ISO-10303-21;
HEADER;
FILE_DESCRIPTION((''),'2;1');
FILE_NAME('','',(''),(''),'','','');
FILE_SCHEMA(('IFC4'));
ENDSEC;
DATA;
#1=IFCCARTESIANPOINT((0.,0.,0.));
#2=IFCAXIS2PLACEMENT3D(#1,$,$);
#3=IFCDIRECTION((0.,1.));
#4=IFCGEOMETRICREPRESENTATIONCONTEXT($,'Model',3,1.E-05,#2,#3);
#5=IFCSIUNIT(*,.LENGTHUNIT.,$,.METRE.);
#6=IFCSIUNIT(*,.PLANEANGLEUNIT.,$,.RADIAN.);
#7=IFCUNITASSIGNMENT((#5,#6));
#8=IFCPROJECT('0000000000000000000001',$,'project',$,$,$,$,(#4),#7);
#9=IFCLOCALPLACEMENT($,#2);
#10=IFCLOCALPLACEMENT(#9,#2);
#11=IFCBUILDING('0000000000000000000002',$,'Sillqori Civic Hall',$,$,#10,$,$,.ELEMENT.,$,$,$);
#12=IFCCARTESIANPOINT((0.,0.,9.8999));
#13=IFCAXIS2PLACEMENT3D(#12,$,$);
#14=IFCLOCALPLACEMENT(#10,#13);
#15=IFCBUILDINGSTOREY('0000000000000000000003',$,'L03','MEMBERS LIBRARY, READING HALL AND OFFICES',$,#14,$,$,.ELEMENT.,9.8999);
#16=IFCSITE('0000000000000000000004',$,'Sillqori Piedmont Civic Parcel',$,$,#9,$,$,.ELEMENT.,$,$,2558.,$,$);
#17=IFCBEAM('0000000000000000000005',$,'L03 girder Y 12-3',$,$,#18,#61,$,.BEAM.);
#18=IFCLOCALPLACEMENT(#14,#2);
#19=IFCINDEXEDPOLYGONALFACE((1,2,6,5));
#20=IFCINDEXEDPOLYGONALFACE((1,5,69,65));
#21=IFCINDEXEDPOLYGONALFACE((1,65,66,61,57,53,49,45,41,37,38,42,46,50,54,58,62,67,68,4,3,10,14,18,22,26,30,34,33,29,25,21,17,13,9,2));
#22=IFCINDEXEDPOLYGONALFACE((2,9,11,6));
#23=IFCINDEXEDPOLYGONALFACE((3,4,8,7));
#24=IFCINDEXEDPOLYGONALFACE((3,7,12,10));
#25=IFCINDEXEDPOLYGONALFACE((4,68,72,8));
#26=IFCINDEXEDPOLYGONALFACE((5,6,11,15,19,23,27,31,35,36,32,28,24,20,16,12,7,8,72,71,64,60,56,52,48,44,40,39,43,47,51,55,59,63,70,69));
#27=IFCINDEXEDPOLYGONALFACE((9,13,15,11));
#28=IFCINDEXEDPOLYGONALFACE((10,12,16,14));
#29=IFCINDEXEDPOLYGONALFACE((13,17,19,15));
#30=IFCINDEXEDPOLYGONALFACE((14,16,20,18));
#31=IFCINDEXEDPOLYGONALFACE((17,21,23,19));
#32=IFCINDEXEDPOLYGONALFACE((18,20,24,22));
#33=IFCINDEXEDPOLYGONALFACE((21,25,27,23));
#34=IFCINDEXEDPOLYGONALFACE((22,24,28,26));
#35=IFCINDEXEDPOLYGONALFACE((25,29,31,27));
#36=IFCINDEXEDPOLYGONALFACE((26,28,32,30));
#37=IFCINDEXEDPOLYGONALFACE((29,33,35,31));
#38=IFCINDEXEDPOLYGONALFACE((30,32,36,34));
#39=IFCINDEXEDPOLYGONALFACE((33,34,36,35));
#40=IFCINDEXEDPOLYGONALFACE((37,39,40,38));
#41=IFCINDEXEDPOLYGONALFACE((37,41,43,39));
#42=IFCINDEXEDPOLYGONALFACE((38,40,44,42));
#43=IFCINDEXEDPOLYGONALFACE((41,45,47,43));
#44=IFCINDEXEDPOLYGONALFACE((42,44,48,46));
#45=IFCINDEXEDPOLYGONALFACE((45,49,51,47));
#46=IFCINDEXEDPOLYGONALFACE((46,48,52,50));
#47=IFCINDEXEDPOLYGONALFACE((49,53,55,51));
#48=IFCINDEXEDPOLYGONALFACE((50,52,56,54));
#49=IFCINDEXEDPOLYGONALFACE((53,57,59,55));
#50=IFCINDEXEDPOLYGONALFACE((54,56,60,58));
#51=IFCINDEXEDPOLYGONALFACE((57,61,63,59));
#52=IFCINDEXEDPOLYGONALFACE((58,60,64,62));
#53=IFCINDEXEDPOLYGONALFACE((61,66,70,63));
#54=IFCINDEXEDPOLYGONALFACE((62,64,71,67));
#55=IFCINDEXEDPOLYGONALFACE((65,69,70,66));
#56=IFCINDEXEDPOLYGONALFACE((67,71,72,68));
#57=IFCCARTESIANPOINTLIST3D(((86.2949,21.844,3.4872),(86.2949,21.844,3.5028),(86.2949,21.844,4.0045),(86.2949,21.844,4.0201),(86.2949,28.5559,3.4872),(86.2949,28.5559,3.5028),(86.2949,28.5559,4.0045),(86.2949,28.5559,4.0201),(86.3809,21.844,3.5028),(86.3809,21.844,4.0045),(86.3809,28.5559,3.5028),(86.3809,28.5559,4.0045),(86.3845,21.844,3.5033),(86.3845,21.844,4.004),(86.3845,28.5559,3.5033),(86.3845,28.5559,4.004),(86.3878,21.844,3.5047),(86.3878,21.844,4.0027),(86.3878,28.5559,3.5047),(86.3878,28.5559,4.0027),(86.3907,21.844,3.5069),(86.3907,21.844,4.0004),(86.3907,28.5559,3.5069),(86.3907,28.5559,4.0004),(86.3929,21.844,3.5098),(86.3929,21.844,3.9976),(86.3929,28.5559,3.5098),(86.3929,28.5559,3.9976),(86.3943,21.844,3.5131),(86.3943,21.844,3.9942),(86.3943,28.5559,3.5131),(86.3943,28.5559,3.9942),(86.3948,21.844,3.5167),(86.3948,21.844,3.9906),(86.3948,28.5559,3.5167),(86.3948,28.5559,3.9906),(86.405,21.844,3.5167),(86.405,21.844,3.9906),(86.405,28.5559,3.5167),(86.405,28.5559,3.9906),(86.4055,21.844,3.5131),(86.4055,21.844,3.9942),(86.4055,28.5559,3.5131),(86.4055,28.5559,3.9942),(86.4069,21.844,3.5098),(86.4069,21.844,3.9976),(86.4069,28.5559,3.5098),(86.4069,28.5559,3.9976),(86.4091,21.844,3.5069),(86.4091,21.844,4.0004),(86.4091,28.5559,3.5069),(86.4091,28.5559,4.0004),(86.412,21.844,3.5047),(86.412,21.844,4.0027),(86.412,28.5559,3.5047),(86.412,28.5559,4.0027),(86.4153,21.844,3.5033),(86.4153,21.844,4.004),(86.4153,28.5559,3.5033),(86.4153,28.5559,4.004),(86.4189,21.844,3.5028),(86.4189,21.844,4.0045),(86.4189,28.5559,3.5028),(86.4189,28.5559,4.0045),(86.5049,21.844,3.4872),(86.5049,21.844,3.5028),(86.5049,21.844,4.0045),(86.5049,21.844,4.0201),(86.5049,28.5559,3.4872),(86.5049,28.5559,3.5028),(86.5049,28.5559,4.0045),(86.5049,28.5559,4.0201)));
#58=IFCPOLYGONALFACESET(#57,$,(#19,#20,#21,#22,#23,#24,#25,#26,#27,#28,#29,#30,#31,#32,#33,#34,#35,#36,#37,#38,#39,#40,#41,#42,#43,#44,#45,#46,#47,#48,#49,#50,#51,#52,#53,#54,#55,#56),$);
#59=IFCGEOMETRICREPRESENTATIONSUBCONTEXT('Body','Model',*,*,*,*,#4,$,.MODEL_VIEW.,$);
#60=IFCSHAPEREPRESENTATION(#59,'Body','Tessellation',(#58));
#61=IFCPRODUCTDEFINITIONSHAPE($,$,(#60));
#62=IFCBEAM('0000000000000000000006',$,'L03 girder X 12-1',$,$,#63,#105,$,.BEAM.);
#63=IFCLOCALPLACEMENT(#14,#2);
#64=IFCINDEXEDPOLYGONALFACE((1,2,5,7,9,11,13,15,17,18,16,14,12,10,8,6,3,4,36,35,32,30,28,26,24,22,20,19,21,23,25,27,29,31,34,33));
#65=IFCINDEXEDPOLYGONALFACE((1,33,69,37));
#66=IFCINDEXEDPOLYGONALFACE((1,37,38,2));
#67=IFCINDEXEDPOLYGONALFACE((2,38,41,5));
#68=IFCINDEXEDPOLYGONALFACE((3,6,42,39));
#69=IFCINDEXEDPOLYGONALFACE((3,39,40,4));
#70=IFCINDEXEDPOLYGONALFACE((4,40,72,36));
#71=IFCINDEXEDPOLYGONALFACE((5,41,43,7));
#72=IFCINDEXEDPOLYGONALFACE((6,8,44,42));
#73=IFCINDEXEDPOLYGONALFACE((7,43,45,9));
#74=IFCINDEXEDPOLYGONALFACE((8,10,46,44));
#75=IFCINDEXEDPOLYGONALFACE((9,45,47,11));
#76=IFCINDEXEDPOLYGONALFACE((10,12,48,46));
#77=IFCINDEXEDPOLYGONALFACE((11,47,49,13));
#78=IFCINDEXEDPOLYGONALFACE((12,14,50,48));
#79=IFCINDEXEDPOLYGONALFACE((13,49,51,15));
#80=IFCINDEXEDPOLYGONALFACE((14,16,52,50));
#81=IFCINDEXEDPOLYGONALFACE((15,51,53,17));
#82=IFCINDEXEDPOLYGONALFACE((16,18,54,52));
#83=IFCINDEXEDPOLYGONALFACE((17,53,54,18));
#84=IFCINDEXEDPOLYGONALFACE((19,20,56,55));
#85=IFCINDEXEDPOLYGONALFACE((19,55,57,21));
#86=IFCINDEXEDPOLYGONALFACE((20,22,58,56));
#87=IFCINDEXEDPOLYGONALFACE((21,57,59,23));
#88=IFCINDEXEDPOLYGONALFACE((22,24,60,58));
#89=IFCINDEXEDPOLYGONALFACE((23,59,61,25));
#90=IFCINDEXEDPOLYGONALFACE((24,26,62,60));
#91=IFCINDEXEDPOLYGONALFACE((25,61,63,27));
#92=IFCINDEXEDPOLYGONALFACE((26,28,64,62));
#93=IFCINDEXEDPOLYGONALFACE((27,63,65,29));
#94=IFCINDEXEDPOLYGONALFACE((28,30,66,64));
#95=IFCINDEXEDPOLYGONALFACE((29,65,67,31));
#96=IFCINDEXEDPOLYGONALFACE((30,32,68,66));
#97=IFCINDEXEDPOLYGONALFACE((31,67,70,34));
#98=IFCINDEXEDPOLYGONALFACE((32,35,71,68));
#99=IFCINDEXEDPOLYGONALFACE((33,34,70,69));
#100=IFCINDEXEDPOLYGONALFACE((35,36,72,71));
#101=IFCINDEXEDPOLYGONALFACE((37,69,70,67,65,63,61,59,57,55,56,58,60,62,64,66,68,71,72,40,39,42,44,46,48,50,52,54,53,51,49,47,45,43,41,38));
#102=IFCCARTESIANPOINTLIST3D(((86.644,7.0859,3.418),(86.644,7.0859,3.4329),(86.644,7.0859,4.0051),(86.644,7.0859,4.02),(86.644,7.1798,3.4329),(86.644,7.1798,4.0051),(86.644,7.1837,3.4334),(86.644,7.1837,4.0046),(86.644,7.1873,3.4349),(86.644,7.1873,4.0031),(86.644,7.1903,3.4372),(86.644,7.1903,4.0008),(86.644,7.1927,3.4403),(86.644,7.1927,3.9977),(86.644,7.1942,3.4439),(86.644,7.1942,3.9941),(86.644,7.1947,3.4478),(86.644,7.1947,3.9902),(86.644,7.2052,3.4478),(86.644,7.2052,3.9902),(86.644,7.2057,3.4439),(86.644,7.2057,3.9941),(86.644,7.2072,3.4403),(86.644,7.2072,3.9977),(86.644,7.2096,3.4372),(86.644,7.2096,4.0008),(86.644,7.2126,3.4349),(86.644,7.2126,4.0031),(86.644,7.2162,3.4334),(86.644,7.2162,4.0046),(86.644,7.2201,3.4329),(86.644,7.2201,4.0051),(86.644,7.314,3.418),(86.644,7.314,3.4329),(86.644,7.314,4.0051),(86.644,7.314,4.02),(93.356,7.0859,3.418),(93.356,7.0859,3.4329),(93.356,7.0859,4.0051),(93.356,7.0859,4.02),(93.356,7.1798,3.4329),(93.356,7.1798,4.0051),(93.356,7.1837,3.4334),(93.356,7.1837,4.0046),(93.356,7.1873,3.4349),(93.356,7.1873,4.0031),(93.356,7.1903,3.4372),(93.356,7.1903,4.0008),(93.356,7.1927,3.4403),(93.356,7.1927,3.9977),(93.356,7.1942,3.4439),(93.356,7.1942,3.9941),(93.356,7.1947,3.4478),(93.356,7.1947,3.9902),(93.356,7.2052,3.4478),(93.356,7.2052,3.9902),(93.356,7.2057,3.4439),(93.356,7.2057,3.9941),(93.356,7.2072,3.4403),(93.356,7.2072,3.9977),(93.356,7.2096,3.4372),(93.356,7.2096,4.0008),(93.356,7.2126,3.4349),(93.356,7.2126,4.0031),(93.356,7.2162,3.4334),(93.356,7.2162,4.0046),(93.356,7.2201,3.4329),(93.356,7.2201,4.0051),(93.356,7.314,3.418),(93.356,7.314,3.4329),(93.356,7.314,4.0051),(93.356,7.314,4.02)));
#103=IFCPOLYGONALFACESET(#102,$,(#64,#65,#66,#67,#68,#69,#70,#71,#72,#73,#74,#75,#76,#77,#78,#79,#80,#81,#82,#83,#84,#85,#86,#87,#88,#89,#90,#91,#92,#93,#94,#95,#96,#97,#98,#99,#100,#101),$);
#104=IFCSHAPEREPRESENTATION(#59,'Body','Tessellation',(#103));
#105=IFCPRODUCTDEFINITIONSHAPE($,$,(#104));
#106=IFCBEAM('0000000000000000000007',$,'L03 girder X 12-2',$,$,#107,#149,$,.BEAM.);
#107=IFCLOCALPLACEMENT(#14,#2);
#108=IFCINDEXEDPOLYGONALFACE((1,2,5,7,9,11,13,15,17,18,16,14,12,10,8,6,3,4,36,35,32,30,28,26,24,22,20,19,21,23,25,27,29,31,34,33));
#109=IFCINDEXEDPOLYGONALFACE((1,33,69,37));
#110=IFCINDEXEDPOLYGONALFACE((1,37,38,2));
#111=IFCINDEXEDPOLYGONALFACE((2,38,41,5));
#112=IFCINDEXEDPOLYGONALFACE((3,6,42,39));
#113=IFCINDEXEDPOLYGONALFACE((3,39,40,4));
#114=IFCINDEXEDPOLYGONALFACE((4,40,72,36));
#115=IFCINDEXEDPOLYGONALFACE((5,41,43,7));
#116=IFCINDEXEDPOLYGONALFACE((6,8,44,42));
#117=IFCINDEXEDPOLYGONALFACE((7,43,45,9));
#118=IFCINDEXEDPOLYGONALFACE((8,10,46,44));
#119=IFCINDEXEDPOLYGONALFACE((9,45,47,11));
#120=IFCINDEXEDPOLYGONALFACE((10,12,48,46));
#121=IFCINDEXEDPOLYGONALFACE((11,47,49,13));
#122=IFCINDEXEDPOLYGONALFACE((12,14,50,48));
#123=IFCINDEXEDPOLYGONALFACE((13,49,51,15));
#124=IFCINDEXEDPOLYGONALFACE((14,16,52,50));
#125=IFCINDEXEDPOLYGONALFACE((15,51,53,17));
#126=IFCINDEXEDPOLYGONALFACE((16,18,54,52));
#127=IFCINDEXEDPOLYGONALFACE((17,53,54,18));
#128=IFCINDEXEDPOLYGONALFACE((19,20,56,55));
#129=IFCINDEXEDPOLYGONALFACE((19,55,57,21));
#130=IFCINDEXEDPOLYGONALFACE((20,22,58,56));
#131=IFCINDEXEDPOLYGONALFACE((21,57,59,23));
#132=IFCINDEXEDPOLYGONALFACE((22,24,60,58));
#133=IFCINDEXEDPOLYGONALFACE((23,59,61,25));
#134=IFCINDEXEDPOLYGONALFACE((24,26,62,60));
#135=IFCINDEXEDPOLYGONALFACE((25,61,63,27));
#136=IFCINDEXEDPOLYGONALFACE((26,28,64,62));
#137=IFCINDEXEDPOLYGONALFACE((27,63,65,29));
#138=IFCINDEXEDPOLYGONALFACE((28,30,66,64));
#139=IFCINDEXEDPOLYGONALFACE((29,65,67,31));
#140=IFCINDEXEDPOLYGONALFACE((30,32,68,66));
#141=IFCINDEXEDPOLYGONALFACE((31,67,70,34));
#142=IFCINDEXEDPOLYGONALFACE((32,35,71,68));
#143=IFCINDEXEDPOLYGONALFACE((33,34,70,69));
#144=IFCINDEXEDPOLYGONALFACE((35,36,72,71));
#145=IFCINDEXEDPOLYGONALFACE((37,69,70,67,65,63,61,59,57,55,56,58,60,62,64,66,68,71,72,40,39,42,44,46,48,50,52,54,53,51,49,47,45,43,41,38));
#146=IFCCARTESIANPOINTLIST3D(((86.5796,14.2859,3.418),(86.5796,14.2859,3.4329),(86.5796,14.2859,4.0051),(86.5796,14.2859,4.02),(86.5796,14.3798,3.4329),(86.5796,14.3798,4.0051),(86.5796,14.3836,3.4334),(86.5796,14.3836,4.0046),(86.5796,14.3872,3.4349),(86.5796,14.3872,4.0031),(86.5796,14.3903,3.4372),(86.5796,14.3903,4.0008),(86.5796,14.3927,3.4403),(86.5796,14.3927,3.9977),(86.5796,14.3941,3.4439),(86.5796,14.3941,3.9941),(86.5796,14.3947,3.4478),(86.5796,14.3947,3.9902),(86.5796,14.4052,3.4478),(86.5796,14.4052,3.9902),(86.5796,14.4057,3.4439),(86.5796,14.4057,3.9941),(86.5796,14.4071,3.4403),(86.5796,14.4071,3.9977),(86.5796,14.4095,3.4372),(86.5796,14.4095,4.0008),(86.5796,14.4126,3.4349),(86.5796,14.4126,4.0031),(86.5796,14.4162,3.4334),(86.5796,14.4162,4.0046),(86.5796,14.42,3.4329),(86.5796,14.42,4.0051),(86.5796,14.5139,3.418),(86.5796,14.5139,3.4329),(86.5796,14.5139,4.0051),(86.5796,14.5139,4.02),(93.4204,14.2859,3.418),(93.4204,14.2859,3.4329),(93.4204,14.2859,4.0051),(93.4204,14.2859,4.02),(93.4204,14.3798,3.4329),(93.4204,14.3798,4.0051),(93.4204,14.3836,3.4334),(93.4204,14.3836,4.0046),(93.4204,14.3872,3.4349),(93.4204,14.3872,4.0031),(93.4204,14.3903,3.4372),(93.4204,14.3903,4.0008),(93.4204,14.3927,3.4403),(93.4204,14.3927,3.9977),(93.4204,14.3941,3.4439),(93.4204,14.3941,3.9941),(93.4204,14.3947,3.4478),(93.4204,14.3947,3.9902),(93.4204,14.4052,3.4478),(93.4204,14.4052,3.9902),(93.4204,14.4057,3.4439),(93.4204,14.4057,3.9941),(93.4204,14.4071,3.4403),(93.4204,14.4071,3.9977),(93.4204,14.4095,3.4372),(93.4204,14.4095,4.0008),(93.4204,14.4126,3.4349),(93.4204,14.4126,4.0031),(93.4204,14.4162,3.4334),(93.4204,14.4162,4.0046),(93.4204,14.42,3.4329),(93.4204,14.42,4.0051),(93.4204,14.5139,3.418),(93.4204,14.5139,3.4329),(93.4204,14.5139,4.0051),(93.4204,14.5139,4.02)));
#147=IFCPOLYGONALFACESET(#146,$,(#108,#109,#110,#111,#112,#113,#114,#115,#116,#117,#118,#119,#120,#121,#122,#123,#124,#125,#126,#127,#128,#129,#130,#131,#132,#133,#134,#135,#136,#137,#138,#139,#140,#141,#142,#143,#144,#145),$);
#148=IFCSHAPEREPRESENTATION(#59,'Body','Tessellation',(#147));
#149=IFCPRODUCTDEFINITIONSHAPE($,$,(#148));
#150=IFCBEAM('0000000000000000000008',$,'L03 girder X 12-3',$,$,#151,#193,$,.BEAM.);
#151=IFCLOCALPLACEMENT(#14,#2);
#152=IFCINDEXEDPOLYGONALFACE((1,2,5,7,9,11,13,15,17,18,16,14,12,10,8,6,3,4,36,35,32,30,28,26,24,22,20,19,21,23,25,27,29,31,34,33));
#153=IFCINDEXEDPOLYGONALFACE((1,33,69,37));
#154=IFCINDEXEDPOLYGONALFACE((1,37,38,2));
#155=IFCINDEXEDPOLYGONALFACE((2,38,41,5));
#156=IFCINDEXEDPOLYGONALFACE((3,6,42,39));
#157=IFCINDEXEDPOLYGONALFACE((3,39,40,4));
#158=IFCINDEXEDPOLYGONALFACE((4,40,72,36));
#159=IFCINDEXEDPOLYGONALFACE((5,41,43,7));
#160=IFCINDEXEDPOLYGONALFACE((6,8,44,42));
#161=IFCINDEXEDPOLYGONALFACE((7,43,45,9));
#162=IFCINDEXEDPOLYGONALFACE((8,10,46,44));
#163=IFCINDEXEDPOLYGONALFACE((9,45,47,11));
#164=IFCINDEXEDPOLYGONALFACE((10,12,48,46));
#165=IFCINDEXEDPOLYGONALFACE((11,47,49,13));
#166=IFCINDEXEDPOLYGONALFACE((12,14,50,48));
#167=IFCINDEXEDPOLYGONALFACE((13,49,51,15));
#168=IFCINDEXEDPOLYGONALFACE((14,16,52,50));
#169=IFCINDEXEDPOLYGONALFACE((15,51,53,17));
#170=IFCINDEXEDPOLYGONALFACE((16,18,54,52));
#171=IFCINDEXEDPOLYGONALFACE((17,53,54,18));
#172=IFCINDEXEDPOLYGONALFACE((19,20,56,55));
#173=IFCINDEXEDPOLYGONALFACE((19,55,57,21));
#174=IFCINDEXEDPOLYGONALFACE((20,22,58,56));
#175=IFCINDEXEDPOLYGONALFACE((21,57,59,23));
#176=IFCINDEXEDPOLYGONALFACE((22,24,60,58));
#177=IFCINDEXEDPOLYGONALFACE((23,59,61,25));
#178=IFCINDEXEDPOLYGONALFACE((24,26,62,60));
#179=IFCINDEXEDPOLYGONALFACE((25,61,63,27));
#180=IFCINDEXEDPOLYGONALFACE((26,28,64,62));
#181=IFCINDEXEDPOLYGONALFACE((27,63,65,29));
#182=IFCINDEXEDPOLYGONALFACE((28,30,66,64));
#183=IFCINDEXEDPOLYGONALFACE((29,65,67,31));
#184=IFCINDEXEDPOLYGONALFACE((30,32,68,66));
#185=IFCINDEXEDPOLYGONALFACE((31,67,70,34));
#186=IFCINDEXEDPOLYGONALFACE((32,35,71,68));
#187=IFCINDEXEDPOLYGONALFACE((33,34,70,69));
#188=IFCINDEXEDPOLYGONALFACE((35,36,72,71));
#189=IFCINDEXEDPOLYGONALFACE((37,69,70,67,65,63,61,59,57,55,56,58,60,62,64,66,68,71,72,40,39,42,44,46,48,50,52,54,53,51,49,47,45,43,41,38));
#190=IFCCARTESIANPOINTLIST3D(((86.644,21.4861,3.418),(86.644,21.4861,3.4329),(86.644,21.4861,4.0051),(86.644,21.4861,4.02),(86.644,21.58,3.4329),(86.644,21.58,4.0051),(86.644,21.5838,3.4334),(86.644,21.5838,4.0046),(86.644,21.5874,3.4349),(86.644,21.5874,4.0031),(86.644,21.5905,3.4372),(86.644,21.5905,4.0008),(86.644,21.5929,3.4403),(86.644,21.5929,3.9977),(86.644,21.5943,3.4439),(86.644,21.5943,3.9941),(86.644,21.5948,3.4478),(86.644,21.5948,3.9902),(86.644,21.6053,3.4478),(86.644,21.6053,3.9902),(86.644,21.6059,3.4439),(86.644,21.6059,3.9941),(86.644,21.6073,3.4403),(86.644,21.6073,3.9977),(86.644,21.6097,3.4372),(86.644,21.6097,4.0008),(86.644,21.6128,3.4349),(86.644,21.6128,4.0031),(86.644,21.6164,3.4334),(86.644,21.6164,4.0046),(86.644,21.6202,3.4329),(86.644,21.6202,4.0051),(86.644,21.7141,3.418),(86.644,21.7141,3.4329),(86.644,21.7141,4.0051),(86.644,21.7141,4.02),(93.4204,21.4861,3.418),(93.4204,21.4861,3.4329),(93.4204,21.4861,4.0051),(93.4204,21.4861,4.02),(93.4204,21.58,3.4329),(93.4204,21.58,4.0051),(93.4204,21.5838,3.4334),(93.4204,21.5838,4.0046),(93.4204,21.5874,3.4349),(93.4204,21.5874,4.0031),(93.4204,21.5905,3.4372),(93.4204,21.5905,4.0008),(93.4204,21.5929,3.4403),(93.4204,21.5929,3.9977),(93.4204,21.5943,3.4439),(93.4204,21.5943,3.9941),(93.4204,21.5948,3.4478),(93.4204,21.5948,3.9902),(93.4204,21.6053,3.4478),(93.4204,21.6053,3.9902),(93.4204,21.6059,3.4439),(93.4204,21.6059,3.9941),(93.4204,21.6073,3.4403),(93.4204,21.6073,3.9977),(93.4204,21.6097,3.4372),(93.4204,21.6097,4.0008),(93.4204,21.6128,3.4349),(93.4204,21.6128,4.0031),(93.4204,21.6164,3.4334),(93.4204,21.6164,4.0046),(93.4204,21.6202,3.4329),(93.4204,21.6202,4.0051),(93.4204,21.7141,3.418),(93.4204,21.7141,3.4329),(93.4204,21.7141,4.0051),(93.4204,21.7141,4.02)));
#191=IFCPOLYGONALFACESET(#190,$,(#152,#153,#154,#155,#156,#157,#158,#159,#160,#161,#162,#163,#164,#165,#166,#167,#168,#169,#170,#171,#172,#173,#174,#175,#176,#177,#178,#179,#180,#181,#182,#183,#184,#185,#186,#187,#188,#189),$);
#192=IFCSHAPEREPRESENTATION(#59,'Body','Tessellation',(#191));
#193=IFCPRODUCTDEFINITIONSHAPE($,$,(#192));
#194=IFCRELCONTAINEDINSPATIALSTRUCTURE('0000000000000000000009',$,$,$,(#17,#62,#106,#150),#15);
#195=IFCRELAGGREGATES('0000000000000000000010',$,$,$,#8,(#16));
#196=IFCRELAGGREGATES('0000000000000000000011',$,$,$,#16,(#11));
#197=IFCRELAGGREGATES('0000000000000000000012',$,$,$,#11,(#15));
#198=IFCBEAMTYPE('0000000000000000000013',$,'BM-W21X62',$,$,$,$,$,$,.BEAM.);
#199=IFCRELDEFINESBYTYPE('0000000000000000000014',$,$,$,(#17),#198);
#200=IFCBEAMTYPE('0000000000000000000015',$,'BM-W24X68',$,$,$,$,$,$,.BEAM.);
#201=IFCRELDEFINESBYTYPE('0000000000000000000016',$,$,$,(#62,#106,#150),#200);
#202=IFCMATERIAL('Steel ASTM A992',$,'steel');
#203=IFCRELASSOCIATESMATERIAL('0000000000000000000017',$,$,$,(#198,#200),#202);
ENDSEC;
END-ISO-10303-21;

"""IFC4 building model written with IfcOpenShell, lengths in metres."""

from ifc_helpers import new_model, si_unit, direction, frame, origin, origin_2d, place, context, subcontext, project, spatial, i_section, extrude, material, material_profile, profile_set, type_object, element, save


model = new_model("IFC4")

# Units and contexts
model_context = context("Model", 3, precision=1e-05, world=origin(), true_north=direction((0.0, 1.0)))
body_context = subcontext(model_context, "Body", "Model", "MODEL_VIEW")
ifc_project = project(units=[si_unit("LENGTHUNIT", "METRE"), si_unit("PLANEANGLEUNIT", "RADIAN")], contexts=[model_context])

# Site, building, storey
site_placement = place(None, origin())
site = spatial("IfcSite", under=ifc_project, at=site_placement, Name="Sillqori Piedmont Civic Parcel", CompositionType="ELEMENT", RefElevation=2558.0)
building_placement = place(site_placement, origin())
building = spatial("IfcBuilding", under=site, at=building_placement, Name="Sillqori Civic Hall", CompositionType="ELEMENT")
storey_placement = place(building_placement, frame((0.0, 0.0, 9.8999)))
storey = spatial("IfcBuildingStorey", under=building, at=storey_placement, Name="L03", Description="MEMBERS LIBRARY, READING HALL AND OFFICES", CompositionType="ELEMENT", Elevation=9.8999)

# Shared definitions
ifc_material_1 = material(Name="Steel ASTM A992", Category="steel")

# Beams
ifc_material_profile_1 = material_profile(ifc_material_1, i_section(OverallWidth=0.21, OverallDepth=0.533, WebThickness=0.0103, FlangeThickness=0.0156, FilletRadius=0.0139, at=origin_2d()), Name="W21X62")
ifc_profile_set_1 = profile_set([ifc_material_profile_1], Name="Steel ASTM A992")
beam_type_1 = type_object("IfcBeamType", Name="BM-W21X62", PredefinedType="BEAM", material=ifc_profile_set_1)
beam_1_placement = place(storey_placement, frame((86.3999, 21.844, 3.7537), z_axis=(0.0, 1.0, 0.0), x_axis=(-1.0, 0.0, 0.0)))
element("IfcBeam", 1, at=beam_1_placement, inside=storey, type_object=beam_type_1, Name="L03 girder Y 12-3", PredefinedType="BEAM", context=body_context, shape_type="SweptSolid", body=[
    extrude(i_section(OverallWidth=0.21, OverallDepth=0.533, WebThickness=0.0103, FlangeThickness=0.0156, FilletRadius=0.0139, at=origin_2d()), origin(), (0.0, 0.0, 1.0), 6.7119),
])
ifc_material_profile_2 = material_profile(ifc_material_1, i_section(OverallWidth=0.228, OverallDepth=0.6021, WebThickness=0.0105, FlangeThickness=0.0149, FilletRadius=0.0149, at=origin_2d()), Name="W24X68")
ifc_profile_set_2 = profile_set([ifc_material_profile_2], Name="Steel ASTM A992")
beam_type_2 = type_object("IfcBeamType", Name="BM-W24X68", PredefinedType="BEAM", material=ifc_profile_set_2)
beam_2_placement = place(storey_placement, frame((86.644, 7.2, 3.719), z_axis=(1.0, 0.0, 0.0), x_axis=(0.0, 1.0, 0.0)))
element("IfcBeam", 2, at=beam_2_placement, inside=storey, type_object=beam_type_2, Name="L03 girder X 12-1", PredefinedType="BEAM", context=body_context, shape_type="SweptSolid", body=[
    extrude(i_section(OverallWidth=0.228, OverallDepth=0.6021, WebThickness=0.0105, FlangeThickness=0.0149, FilletRadius=0.0149, at=origin_2d()), origin(), (0.0, 0.0, 1.0), 6.7119),
])
beam_3_placement = place(storey_placement, frame((86.5796, 14.3999, 3.719), z_axis=(1.0, 0.0, 0.0), x_axis=(0.0, 1.0, 0.0)))
element("IfcBeam", 3, at=beam_3_placement, inside=storey, type_object=beam_type_2, Name="L03 girder X 12-2", PredefinedType="BEAM", context=body_context, shape_type="SweptSolid", body=[
    extrude(i_section(OverallWidth=0.228, OverallDepth=0.6021, WebThickness=0.0105, FlangeThickness=0.0149, FilletRadius=0.0149, at=origin_2d()), origin(), (0.0, 0.0, 1.0), 6.8408),
])
beam_4_placement = place(storey_placement, frame((86.644, 21.6001, 3.719), z_axis=(1.0, 0.0, 0.0), x_axis=(0.0, 1.0, 0.0)))
element("IfcBeam", 4, at=beam_4_placement, inside=storey, type_object=beam_type_2, Name="L03 girder X 12-3", PredefinedType="BEAM", context=body_context, shape_type="SweptSolid", body=[
    extrude(i_section(OverallWidth=0.228, OverallDepth=0.6021, WebThickness=0.0105, FlangeThickness=0.0149, FilletRadius=0.0149, at=origin_2d()), origin(), (0.0, 0.0, 1.0), 6.7764),
])

save(model, "model.ifc")
